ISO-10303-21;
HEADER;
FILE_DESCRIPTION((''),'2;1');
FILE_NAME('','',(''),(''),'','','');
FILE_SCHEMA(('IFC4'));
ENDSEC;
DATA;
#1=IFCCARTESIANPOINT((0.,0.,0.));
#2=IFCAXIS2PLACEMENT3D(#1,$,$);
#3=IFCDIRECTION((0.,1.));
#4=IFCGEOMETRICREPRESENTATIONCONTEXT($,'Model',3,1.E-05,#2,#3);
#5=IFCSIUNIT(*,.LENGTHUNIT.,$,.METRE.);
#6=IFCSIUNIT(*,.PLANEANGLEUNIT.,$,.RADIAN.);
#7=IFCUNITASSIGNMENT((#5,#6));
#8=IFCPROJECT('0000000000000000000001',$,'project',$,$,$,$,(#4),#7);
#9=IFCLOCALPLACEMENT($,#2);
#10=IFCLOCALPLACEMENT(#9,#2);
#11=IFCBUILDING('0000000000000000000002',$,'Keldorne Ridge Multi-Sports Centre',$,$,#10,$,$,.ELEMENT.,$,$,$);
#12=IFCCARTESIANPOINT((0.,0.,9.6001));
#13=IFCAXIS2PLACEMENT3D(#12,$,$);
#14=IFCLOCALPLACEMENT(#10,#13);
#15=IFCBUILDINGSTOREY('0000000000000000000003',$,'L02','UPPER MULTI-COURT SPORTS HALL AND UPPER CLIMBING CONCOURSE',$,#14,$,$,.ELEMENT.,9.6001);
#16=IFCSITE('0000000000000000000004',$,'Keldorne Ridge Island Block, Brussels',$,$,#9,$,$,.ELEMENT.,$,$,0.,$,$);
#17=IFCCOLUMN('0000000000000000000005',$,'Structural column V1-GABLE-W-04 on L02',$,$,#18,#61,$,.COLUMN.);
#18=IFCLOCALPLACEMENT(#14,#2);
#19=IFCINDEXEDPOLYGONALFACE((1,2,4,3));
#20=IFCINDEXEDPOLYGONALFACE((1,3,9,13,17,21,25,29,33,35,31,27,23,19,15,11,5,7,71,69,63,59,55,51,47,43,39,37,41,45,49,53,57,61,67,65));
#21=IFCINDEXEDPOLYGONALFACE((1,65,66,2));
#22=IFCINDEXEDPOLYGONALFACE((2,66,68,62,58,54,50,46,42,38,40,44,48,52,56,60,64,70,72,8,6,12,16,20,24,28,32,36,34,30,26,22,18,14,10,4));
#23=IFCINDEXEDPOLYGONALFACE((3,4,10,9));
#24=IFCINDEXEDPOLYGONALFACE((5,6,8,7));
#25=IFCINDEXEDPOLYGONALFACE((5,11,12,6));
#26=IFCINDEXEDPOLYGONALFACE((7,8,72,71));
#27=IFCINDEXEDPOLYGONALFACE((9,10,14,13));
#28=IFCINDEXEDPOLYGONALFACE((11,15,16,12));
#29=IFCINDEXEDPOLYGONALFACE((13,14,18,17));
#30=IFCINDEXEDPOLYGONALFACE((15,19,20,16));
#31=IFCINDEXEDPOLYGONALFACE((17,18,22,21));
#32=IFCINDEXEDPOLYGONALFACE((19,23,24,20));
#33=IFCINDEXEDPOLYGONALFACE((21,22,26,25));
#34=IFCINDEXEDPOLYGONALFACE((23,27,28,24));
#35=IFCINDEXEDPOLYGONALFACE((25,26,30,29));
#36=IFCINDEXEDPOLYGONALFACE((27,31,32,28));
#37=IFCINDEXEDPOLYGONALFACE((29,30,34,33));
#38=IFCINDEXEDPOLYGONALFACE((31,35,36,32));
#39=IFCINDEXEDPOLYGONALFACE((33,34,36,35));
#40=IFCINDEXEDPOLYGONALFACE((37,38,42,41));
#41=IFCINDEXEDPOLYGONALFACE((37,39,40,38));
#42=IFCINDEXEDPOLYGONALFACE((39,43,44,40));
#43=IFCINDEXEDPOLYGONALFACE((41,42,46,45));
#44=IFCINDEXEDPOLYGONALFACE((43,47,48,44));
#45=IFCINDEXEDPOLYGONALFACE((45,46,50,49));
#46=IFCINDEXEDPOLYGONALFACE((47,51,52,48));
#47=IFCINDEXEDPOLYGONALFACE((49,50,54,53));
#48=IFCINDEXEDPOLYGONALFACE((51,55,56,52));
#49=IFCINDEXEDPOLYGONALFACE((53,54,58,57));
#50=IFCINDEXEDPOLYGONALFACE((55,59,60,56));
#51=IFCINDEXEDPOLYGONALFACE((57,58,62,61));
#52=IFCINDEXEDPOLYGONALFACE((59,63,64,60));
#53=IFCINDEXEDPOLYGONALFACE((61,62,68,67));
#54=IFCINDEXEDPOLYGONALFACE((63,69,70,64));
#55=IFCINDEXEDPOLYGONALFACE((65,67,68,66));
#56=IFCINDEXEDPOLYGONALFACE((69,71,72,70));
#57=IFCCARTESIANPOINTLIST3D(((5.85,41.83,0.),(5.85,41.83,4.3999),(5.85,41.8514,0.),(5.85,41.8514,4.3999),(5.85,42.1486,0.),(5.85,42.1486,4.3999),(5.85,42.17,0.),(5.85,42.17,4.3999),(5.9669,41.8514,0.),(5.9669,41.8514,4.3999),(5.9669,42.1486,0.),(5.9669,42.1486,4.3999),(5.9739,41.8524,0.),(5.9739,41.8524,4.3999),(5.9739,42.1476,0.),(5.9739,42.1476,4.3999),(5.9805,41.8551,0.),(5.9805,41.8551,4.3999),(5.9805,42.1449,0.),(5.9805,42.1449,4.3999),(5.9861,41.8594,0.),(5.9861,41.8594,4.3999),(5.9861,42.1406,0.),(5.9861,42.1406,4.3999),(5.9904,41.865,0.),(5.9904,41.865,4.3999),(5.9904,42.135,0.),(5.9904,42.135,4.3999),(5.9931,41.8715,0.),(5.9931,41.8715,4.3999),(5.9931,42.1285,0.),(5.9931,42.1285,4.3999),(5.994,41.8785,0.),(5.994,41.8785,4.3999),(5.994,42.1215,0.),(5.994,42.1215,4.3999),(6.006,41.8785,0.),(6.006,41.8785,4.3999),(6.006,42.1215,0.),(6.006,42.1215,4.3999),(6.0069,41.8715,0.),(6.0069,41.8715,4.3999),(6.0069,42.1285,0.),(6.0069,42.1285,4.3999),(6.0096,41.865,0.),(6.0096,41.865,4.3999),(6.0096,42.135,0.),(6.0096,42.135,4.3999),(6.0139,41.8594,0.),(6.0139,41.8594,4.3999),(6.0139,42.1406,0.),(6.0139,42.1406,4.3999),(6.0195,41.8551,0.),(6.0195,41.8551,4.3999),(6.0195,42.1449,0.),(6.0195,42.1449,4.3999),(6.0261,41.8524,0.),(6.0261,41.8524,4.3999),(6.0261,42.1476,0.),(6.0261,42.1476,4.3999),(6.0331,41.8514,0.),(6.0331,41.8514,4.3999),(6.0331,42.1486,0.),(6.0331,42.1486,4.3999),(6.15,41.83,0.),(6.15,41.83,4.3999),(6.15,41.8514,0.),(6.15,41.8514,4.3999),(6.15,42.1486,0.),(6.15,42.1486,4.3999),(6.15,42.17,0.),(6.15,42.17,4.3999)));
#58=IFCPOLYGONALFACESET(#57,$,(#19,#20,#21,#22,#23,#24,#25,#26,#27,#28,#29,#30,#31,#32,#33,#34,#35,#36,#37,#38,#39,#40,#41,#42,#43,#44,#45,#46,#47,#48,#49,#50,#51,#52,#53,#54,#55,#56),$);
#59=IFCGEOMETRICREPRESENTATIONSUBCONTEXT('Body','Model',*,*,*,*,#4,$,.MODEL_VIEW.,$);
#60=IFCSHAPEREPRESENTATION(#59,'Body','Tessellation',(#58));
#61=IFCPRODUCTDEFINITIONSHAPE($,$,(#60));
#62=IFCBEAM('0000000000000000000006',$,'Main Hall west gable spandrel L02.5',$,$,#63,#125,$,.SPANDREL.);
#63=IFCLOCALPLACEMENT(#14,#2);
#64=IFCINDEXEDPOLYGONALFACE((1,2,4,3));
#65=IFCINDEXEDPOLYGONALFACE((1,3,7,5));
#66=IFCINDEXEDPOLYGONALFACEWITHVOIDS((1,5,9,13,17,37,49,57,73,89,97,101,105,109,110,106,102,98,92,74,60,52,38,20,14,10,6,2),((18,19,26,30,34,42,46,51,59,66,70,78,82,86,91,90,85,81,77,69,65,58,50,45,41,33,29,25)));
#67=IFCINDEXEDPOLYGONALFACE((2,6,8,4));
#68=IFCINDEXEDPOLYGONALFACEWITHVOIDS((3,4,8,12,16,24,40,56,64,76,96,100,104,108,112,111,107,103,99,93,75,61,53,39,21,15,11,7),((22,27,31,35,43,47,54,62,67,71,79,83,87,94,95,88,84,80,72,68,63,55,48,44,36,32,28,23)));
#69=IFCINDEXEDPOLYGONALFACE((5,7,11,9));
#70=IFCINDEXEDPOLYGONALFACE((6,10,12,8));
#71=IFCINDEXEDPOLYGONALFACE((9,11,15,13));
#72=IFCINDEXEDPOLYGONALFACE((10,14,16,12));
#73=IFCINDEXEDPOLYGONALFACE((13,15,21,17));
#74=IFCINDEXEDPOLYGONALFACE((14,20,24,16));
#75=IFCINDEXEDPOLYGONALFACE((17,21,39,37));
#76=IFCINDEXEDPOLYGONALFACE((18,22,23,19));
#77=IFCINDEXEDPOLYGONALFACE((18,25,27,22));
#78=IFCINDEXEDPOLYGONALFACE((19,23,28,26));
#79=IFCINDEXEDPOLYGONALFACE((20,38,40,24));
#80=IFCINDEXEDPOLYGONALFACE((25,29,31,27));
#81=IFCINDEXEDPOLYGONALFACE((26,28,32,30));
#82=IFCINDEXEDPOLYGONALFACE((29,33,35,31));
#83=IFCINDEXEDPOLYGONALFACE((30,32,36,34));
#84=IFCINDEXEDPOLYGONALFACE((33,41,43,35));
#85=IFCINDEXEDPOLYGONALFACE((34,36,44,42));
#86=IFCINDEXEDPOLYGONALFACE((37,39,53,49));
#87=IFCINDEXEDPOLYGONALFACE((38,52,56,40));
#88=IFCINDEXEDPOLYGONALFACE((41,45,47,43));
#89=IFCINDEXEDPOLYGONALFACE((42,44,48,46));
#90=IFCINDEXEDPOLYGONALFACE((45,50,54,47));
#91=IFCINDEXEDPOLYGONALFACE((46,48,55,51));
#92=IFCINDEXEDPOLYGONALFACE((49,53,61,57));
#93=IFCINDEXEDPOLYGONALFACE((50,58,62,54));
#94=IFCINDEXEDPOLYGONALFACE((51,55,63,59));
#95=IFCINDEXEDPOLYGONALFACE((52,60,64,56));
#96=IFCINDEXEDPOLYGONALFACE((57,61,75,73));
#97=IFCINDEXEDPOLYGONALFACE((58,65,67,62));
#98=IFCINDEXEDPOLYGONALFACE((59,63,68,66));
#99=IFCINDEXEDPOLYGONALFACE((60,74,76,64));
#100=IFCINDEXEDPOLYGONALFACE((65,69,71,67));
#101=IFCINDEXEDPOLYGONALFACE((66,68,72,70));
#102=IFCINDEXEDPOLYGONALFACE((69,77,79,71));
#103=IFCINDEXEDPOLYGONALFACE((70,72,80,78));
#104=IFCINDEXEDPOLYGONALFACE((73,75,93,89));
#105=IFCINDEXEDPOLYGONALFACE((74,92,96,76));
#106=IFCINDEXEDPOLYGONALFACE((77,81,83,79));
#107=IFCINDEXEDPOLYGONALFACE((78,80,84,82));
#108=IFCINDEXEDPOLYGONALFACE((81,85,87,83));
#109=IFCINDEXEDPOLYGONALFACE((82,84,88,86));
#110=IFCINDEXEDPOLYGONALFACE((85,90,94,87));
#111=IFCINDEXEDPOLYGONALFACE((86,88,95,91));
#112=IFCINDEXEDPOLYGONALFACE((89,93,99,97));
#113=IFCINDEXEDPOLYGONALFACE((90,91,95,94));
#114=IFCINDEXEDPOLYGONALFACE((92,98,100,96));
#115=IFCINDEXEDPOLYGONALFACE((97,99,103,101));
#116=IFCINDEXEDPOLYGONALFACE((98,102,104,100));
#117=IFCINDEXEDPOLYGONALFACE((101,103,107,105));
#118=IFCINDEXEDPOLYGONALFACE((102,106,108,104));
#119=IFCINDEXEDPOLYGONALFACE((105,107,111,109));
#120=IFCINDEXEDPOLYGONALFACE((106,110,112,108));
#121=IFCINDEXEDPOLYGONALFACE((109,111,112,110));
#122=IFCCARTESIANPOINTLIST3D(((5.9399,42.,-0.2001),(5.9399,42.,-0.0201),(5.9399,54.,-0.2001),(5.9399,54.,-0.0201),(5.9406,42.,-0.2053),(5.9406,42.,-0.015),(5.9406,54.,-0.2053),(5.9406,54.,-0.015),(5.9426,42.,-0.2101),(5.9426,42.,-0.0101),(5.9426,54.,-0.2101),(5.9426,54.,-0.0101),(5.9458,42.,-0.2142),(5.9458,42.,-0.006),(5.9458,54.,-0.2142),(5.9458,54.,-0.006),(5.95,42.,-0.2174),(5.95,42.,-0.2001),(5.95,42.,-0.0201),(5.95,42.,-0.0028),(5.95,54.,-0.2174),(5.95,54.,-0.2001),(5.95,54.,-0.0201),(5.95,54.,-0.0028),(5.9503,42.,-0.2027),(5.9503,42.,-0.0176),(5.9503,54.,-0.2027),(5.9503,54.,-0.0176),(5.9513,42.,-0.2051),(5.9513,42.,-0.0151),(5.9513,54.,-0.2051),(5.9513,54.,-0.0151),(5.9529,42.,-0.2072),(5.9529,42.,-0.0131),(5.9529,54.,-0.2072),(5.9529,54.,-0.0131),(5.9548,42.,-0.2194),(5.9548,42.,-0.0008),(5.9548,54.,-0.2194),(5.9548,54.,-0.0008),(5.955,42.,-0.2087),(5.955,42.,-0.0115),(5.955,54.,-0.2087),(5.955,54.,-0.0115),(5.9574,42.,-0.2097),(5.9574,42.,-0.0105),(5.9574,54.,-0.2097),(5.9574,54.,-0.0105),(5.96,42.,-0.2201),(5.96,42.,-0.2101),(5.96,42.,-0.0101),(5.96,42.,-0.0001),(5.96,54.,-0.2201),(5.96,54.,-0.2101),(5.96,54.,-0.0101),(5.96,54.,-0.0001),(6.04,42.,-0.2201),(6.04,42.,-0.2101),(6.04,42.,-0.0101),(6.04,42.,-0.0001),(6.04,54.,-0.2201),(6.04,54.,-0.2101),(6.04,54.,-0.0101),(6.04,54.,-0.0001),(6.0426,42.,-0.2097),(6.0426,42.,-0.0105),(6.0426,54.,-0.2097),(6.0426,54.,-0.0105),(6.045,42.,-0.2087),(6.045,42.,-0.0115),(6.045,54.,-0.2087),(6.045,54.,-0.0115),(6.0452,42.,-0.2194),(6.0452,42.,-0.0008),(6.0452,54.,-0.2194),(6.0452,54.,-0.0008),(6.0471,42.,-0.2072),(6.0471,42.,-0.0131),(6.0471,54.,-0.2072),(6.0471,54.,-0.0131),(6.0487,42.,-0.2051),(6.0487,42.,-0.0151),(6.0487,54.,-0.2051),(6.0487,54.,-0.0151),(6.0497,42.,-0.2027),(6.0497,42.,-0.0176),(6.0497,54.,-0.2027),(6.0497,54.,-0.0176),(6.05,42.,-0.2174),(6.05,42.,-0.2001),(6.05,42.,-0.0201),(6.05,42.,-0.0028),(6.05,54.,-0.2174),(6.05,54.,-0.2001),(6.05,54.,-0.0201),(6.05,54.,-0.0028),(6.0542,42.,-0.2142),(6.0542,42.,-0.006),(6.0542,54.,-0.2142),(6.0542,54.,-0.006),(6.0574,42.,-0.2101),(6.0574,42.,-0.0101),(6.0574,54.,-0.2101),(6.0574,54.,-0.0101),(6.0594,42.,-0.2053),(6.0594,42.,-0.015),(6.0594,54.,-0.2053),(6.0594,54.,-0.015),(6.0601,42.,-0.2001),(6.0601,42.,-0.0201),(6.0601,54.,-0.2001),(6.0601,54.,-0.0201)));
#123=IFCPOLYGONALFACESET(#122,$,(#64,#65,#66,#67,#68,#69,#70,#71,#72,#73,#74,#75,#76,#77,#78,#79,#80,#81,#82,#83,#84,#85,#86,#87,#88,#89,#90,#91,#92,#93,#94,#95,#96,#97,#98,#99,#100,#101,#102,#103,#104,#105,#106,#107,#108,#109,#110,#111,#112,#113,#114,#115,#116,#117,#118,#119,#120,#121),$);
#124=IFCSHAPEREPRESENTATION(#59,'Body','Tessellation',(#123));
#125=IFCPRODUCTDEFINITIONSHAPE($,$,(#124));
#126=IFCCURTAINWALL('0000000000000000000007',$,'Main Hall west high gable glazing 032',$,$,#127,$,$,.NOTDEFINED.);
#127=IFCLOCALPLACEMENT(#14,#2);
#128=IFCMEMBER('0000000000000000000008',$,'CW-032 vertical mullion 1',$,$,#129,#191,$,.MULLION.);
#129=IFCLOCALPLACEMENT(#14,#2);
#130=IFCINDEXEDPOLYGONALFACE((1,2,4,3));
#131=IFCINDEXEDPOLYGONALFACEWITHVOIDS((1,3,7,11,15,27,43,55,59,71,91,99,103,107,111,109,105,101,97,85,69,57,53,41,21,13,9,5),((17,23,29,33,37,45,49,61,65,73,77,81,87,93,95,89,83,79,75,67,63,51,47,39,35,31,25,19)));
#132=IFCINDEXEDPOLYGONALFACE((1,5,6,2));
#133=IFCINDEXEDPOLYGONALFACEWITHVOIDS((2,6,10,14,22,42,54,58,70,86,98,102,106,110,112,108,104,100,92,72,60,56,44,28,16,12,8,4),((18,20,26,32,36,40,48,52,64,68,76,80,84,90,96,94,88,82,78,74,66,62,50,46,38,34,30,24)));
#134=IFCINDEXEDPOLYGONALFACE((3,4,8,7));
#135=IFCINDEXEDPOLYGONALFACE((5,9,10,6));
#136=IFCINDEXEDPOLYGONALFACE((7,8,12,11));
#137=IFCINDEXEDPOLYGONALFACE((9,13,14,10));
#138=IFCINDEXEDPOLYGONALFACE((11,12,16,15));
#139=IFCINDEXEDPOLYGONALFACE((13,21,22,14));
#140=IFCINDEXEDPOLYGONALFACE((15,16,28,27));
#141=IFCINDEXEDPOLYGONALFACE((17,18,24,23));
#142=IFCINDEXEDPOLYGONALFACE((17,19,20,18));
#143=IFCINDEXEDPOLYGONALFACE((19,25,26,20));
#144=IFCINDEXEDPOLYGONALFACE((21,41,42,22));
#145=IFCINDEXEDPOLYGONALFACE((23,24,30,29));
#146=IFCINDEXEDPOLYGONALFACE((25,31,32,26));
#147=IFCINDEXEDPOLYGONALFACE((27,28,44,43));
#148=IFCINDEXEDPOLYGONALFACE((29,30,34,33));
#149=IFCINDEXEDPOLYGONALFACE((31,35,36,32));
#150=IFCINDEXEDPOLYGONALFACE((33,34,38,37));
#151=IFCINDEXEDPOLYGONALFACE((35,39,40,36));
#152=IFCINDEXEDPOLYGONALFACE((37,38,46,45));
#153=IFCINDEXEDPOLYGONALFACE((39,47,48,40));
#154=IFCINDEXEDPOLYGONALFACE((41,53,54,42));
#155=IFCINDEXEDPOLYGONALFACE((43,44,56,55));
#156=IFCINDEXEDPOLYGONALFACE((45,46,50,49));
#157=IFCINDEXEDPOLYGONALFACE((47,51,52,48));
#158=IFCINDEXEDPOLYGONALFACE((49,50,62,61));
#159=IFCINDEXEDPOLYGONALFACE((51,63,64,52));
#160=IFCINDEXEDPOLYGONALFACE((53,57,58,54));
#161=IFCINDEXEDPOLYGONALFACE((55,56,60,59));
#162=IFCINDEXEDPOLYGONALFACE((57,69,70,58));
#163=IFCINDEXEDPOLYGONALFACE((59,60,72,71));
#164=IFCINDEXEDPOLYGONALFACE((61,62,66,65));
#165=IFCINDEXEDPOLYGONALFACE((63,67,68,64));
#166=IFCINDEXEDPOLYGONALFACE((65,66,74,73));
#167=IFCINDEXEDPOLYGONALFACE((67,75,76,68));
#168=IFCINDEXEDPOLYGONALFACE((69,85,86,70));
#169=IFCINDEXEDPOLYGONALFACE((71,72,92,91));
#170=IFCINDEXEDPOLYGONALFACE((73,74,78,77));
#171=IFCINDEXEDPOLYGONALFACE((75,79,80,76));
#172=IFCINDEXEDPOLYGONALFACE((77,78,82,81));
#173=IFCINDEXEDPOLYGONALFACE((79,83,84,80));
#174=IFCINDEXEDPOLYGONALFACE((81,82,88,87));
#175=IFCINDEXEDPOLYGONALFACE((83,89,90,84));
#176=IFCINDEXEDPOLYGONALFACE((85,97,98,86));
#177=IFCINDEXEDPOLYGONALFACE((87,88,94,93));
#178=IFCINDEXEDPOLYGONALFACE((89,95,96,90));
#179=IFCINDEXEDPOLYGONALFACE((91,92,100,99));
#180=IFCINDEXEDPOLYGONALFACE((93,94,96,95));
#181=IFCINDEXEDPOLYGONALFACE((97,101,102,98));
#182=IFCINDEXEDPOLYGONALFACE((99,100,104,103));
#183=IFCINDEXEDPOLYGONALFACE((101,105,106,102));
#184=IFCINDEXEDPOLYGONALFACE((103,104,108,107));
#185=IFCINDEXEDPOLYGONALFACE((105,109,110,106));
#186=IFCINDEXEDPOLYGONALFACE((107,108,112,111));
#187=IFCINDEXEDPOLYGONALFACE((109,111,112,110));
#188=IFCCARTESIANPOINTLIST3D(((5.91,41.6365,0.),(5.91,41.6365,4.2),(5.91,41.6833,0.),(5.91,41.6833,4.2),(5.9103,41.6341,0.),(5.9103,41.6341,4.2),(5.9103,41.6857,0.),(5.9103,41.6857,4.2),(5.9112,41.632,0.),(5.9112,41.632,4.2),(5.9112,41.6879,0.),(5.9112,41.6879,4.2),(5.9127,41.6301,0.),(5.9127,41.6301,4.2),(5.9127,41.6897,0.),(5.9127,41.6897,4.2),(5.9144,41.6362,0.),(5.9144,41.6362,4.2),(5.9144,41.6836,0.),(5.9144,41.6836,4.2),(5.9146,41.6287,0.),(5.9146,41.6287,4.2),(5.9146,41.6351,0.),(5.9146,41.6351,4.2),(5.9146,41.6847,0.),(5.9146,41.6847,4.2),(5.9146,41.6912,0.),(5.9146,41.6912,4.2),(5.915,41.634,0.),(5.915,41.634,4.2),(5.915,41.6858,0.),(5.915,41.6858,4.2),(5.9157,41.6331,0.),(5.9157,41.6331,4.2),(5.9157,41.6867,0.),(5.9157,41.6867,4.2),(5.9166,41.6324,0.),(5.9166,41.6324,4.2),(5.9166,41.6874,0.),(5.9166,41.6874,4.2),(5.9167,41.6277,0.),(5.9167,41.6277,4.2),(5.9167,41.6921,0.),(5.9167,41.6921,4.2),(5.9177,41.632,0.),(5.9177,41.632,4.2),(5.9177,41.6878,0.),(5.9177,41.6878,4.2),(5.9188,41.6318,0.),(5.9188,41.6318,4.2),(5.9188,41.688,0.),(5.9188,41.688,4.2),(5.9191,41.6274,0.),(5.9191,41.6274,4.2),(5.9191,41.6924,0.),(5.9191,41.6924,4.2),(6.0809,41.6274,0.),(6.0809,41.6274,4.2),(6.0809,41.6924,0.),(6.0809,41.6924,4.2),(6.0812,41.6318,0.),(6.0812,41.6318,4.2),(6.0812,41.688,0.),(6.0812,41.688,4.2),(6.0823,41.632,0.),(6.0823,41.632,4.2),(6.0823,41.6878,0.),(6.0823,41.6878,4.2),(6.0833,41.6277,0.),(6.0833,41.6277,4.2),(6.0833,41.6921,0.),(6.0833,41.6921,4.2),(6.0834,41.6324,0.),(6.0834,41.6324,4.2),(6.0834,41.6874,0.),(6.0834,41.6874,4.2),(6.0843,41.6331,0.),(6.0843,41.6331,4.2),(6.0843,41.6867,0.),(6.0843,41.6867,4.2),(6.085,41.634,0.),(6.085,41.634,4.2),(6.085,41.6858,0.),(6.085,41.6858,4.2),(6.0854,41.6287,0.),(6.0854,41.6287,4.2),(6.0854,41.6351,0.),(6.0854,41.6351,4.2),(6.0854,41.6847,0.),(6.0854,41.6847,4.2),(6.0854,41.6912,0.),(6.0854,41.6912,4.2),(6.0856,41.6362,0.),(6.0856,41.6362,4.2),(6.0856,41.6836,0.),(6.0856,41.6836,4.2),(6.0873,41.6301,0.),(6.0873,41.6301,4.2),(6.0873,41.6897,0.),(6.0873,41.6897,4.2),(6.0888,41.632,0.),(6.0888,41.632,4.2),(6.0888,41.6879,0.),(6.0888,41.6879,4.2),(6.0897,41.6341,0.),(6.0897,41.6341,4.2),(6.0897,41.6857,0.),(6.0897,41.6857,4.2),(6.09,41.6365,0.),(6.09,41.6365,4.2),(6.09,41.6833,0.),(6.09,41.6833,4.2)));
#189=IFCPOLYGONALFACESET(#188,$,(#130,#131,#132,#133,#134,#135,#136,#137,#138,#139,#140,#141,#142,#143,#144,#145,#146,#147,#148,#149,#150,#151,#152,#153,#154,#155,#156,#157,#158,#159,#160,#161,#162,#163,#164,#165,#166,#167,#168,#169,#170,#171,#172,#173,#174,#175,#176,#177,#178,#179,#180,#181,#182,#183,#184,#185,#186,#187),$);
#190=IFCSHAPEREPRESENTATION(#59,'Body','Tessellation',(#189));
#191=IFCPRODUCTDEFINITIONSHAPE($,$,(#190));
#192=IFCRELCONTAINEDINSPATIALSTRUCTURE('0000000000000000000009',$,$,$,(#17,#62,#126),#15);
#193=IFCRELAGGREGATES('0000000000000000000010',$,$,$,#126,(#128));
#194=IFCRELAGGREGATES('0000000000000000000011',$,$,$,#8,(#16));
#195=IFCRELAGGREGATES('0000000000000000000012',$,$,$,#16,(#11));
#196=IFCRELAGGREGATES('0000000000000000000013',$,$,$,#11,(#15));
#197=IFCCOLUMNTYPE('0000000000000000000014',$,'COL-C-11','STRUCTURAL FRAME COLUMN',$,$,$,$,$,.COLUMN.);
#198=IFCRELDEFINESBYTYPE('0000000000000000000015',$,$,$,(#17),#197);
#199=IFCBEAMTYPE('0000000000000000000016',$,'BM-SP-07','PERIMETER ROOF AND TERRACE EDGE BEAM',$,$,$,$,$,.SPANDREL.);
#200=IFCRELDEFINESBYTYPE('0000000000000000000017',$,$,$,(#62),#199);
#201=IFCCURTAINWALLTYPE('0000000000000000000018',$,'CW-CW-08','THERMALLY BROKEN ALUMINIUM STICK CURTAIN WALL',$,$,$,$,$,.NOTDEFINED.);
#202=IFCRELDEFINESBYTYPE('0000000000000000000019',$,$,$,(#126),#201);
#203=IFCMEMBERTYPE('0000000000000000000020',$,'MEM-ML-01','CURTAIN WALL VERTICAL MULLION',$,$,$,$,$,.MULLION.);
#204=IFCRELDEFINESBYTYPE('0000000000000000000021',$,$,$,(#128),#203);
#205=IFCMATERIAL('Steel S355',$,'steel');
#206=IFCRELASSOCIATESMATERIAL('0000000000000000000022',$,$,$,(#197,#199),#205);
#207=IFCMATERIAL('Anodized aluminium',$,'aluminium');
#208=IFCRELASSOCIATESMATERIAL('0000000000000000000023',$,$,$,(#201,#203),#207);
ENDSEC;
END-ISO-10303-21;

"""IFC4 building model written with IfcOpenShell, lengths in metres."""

from ifc_helpers import new_model, si_unit, direction, frame, origin, origin_2d, place, context, subcontext, project, spatial, hollow_rectangle, i_section, extrude, material, material_profile, profile_set, type_object, element, aggregate, save


model = new_model("IFC4")

# Units and contexts
model_context = context("Model", 3, precision=1e-05, world=origin(), true_north=direction((0.0, 1.0)))
body_context = subcontext(model_context, "Body", "Model", "MODEL_VIEW")
ifc_project = project(units=[si_unit("LENGTHUNIT", "METRE"), si_unit("PLANEANGLEUNIT", "RADIAN")], contexts=[model_context])

# Site, building, storey
site_placement = place(None, origin())
site = spatial("IfcSite", under=ifc_project, at=site_placement, Name="Keldorne Ridge Island Block, Brussels", CompositionType="ELEMENT", RefElevation=0.0)
building_placement = place(site_placement, origin())
building = spatial("IfcBuilding", under=site, at=building_placement, Name="Keldorne Ridge Multi-Sports Centre", CompositionType="ELEMENT")
storey_placement = place(building_placement, frame((0.0, 0.0, 9.6001)))
storey = spatial("IfcBuildingStorey", under=building, at=storey_placement, Name="L02", Description="UPPER MULTI-COURT SPORTS HALL AND UPPER CLIMBING CONCOURSE", CompositionType="ELEMENT", Elevation=9.6001)

# Column
ifc_material_1 = material(Name="Steel S355", Category="steel")
ifc_material_profile_1 = material_profile(ifc_material_1, i_section(OverallWidth=0.3, OverallDepth=0.3401, WebThickness=0.012, FlangeThickness=0.0215, FilletRadius=0.0271, at=origin_2d()), Name="HEB 340")
ifc_profile_set_1 = profile_set([ifc_material_profile_1], Name="Steel S355")
column_type = type_object("IfcColumnType", Name="COL-C-11", Description="STRUCTURAL FRAME COLUMN", PredefinedType="COLUMN", material=ifc_profile_set_1)
column_placement = place(storey_placement, frame((6.0, 42.0, 0.0), z_axis=(0.0, 0.0, 1.0), x_axis=(1.0, 0.0, 0.0)))
element("IfcColumn", 1, at=column_placement, inside=storey, type_object=column_type, Name="Structural column V1-GABLE-W-04 on L02", PredefinedType="COLUMN", context=body_context, shape_type="SweptSolid", body=[
    extrude(i_section(OverallWidth=0.3, OverallDepth=0.3401, WebThickness=0.012, FlangeThickness=0.0215, FilletRadius=0.0271, at=origin_2d()), origin(), (0.0, 0.0, 1.0), 4.3999),
])

# Beam
ifc_material_profile_2 = material_profile(ifc_material_1, hollow_rectangle(XDim=0.1201, YDim=0.22, WallThickness=0.01, InnerFilletRadius=0.01, OuterFilletRadius=0.02, at=origin_2d()), Name="RHS 220x120x10")
ifc_profile_set_2 = profile_set([ifc_material_profile_2], Name="Steel S355")
beam_type = type_object("IfcBeamType", Name="BM-SP-07", Description="PERIMETER ROOF AND TERRACE EDGE BEAM", PredefinedType="SPANDREL", material=ifc_profile_set_2)
beam_placement = place(storey_placement, frame((6.0, 42.0, -0.1101), z_axis=(0.0, 1.0, 0.0), x_axis=(-1.0, 0.0, 0.0)))
element("IfcBeam", 2, at=beam_placement, inside=storey, type_object=beam_type, Name="Main Hall west gable spandrel L02.5", PredefinedType="SPANDREL", context=body_context, shape_type="SweptSolid", body=[
    extrude(hollow_rectangle(XDim=0.1201, YDim=0.22, WallThickness=0.01, InnerFilletRadius=0.01, OuterFilletRadius=0.02, at=origin_2d()), origin(), (0.0, 0.0, 1.0), 12.0),
])

# Curtain wall, member
ifc_material_2 = material(Name="Anodized aluminium", Category="aluminium")
curtain_wall_type_1 = type_object("IfcCurtainWallType", Name="CW-CW-08", Description="THERMALLY BROKEN ALUMINIUM STICK CURTAIN WALL", PredefinedType="NOTDEFINED", material=ifc_material_2)
curtain_wall_1_placement = place(storey_placement, origin())
curtain_wall_1 = element("IfcCurtainWall", 3, at=curtain_wall_1_placement, inside=storey, type_object=curtain_wall_type_1, Name="Main Hall west high gable glazing 032", PredefinedType="NOTDEFINED")
ifc_material_profile_3 = material_profile(ifc_material_2, hollow_rectangle(XDim=0.0649, YDim=0.1799, WallThickness=0.0044, InnerFilletRadius=0.0044, OuterFilletRadius=0.009, at=origin_2d()), Name="ALU MULLION 180x65x4.5")
ifc_profile_set_3 = profile_set([ifc_material_profile_3], Name="Anodized aluminium")
member_type_1 = type_object("IfcMemberType", Name="MEM-ML-01", Description="CURTAIN WALL VERTICAL MULLION", PredefinedType="MULLION", material=ifc_profile_set_3)
member_1_placement = place(storey_placement, frame((6.0, 41.6599, 0.0), z_axis=(0.0, 0.0, 1.0), x_axis=(0.0, 1.0, 0.0)))
member_1 = element("IfcMember", 4, at=member_1_placement, type_object=member_type_1, Name="CW-032 vertical mullion 1", PredefinedType="MULLION", context=body_context, shape_type="SweptSolid", body=[
    extrude(hollow_rectangle(XDim=0.0649, YDim=0.1799, WallThickness=0.0044, InnerFilletRadius=0.0044, OuterFilletRadius=0.009, at=origin_2d()), origin(), (0.0, 0.0, 1.0), 4.2),
])

aggregate(curtain_wall_1, [member_1])

save(model, "model.ifc")
